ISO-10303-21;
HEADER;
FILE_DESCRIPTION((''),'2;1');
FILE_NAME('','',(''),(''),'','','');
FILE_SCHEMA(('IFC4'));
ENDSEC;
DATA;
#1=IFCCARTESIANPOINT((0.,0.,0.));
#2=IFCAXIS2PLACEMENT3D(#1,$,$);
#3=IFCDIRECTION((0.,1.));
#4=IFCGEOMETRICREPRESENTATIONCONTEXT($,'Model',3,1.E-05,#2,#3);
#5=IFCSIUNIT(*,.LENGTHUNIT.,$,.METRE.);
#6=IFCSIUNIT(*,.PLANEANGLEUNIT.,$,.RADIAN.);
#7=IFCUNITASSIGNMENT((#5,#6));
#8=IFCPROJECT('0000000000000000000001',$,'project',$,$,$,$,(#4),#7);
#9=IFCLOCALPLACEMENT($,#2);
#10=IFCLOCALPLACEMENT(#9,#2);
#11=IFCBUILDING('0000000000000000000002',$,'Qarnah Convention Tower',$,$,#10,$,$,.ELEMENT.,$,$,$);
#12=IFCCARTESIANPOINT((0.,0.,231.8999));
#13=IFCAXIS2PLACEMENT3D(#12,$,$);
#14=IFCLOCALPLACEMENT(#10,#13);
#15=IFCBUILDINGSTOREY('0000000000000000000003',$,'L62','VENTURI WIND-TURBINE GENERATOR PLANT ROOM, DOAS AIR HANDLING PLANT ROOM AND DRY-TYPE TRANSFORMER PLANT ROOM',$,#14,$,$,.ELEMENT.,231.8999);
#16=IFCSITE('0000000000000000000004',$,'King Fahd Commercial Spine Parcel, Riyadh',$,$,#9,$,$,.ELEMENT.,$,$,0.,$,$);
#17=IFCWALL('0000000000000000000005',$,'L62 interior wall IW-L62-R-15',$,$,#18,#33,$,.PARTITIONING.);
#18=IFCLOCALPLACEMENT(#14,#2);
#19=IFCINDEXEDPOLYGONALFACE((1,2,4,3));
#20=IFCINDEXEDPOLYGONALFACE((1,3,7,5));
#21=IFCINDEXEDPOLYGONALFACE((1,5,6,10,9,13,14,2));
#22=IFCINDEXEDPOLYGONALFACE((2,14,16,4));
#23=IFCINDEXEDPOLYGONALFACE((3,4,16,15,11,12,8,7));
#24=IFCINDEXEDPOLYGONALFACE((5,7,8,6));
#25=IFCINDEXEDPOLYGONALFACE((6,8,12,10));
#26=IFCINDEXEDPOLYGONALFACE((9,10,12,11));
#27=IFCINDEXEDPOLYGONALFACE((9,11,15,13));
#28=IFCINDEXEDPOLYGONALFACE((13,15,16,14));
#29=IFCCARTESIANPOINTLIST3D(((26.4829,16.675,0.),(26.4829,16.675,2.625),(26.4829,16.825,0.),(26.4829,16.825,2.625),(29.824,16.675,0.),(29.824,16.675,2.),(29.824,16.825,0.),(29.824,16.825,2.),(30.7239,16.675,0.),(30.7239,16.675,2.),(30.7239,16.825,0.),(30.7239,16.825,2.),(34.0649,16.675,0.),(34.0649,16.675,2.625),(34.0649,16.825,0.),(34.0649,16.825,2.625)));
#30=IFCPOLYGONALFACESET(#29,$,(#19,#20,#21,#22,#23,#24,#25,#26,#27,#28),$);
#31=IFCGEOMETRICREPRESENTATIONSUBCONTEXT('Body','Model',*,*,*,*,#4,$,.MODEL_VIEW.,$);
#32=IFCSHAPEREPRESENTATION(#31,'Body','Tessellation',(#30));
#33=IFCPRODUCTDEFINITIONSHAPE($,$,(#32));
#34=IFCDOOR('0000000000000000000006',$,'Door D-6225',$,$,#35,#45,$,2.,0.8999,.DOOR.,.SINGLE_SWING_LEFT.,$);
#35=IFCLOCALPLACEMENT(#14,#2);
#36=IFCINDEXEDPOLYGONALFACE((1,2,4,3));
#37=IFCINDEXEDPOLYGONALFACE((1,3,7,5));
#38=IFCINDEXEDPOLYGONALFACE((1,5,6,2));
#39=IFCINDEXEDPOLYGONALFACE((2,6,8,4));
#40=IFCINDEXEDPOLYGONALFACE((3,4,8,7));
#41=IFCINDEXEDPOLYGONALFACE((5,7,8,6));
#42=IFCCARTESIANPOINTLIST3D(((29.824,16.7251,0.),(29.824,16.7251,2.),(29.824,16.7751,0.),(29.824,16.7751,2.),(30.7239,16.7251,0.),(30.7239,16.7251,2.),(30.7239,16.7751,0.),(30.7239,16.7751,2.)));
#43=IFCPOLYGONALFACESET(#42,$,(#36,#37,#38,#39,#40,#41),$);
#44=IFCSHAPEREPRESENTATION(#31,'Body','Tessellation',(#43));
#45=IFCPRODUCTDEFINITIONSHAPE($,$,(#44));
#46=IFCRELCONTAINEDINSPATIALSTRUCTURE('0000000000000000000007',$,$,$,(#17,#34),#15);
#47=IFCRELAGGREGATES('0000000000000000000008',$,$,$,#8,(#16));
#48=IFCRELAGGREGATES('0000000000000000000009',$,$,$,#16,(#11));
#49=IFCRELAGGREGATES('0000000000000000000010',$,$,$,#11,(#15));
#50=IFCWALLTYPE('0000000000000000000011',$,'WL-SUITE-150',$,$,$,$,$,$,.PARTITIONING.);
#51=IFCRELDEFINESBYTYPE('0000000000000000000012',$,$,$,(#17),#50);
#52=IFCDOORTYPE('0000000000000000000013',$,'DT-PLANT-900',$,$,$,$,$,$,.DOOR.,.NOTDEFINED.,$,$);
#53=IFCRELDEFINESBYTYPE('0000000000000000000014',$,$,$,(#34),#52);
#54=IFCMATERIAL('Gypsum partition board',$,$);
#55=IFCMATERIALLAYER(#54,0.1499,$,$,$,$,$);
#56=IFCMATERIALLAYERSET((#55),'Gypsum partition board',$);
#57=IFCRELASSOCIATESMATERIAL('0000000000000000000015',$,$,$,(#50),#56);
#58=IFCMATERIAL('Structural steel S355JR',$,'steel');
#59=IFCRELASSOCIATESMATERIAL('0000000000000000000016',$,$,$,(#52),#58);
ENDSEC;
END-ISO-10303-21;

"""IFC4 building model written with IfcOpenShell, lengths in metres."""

from ifc_helpers import new_model, si_unit, direction, frame, frame_2d, origin, place, context, subcontext, project, spatial, rectangle, extrude, material, layer, layer_set, type_object, element, fill, save


model = new_model("IFC4")

# Units and contexts
model_context = context("Model", 3, precision=1e-05, world=origin(), true_north=direction((0.0, 1.0)))
body_context = subcontext(model_context, "Body", "Model", "MODEL_VIEW")
ifc_project = project(units=[si_unit("LENGTHUNIT", "METRE"), si_unit("PLANEANGLEUNIT", "RADIAN")], contexts=[model_context])

# Site, building, storey
site_placement = place(None, origin())
site = spatial("IfcSite", under=ifc_project, at=site_placement, Name="King Fahd Commercial Spine Parcel, Riyadh", CompositionType="ELEMENT", RefElevation=0.0)
building_placement = place(site_placement, origin())
building = spatial("IfcBuilding", under=site, at=building_placement, Name="Qarnah Convention Tower", CompositionType="ELEMENT")
storey_placement = place(building_placement, frame((0.0, 0.0, 231.8999)))
storey = spatial("IfcBuildingStorey", under=building, at=storey_placement, Name="L62", Description="VENTURI WIND-TURBINE GENERATOR PLANT ROOM, DOAS AIR HANDLING PLANT ROOM AND DRY-TYPE TRANSFORMER PLANT ROOM", CompositionType="ELEMENT", Elevation=231.8999)

# Shared definitions
ifc_material_1 = material(Name="Structural steel S355JR", Category="steel")

# Shared definitions
ifc_material_2 = material(Name="Gypsum partition board")
ifc_layer_1 = layer(ifc_material_2, 0.1499)
ifc_layer_set_1 = layer_set([ifc_layer_1], Name="Gypsum partition board")
wall_type_1 = type_object("IfcWallType", Name="WL-SUITE-150", PredefinedType="PARTITIONING", material=ifc_layer_set_1)

# Wall, opening, door
wall_1_placement = place(storey_placement, frame((34.0649, 16.75, 0.0), z_axis=(0.0, 0.0, 1.0), x_axis=(-1.0, 0.0, 0.0)))
wall_1 = element("IfcWall", 1, at=wall_1_placement, inside=storey, type_object=wall_type_1, Name="L62 interior wall IW-L62-R-15", PredefinedType="PARTITIONING", context=body_context, shape_type="SweptSolid", body=[
    extrude(rectangle(XDim=7.582, YDim=0.1499, at=frame_2d((3.791, 0.0))), origin(), (0.0, 0.0, 1.0), 2.625),
])
opening_1_placement = place(wall_1_placement, frame((3.3411, 0.0, 0.0)))
opening_1 = element("IfcOpeningElement", 2, at=opening_1_placement, cuts=wall_1, PredefinedType="OPENING", context=body_context, shape_type="SweptSolid", body=[
    extrude(rectangle(XDim=0.8999, YDim=2.0, at=frame_2d((0.45, 1.0))), frame((0.0, 0.085, 0.0), z_axis=(0.0, -1.0, 0.0), x_axis=(1.0, 0.0, 0.0)), (0.0, 0.0, 1.0), 0.1699),
])
door_type_1 = type_object("IfcDoorType", Name="DT-PLANT-900", OperationType="NOTDEFINED", PredefinedType="DOOR", material=ifc_material_1)
door_1_placement = place(opening_1_placement, origin())
door_1 = element("IfcDoor", 3, at=door_1_placement, inside=storey, type_object=door_type_1, Name="Door D-6225", OperationType="SINGLE_SWING_LEFT", OverallHeight=2.0, OverallWidth=0.8999, PredefinedType="DOOR", context=body_context, shape_type="SweptSolid", body=[
    extrude(rectangle(XDim=0.8999, YDim=2.0, at=frame_2d((0.45, 1.0))), frame((0.0, 0.0249, 0.0), z_axis=(0.0, -1.0, 0.0), x_axis=(1.0, 0.0, 0.0)), (0.0, 0.0, 1.0), 0.05),
])
fill(opening_1, door_1)

save(model, "model.ifc")
